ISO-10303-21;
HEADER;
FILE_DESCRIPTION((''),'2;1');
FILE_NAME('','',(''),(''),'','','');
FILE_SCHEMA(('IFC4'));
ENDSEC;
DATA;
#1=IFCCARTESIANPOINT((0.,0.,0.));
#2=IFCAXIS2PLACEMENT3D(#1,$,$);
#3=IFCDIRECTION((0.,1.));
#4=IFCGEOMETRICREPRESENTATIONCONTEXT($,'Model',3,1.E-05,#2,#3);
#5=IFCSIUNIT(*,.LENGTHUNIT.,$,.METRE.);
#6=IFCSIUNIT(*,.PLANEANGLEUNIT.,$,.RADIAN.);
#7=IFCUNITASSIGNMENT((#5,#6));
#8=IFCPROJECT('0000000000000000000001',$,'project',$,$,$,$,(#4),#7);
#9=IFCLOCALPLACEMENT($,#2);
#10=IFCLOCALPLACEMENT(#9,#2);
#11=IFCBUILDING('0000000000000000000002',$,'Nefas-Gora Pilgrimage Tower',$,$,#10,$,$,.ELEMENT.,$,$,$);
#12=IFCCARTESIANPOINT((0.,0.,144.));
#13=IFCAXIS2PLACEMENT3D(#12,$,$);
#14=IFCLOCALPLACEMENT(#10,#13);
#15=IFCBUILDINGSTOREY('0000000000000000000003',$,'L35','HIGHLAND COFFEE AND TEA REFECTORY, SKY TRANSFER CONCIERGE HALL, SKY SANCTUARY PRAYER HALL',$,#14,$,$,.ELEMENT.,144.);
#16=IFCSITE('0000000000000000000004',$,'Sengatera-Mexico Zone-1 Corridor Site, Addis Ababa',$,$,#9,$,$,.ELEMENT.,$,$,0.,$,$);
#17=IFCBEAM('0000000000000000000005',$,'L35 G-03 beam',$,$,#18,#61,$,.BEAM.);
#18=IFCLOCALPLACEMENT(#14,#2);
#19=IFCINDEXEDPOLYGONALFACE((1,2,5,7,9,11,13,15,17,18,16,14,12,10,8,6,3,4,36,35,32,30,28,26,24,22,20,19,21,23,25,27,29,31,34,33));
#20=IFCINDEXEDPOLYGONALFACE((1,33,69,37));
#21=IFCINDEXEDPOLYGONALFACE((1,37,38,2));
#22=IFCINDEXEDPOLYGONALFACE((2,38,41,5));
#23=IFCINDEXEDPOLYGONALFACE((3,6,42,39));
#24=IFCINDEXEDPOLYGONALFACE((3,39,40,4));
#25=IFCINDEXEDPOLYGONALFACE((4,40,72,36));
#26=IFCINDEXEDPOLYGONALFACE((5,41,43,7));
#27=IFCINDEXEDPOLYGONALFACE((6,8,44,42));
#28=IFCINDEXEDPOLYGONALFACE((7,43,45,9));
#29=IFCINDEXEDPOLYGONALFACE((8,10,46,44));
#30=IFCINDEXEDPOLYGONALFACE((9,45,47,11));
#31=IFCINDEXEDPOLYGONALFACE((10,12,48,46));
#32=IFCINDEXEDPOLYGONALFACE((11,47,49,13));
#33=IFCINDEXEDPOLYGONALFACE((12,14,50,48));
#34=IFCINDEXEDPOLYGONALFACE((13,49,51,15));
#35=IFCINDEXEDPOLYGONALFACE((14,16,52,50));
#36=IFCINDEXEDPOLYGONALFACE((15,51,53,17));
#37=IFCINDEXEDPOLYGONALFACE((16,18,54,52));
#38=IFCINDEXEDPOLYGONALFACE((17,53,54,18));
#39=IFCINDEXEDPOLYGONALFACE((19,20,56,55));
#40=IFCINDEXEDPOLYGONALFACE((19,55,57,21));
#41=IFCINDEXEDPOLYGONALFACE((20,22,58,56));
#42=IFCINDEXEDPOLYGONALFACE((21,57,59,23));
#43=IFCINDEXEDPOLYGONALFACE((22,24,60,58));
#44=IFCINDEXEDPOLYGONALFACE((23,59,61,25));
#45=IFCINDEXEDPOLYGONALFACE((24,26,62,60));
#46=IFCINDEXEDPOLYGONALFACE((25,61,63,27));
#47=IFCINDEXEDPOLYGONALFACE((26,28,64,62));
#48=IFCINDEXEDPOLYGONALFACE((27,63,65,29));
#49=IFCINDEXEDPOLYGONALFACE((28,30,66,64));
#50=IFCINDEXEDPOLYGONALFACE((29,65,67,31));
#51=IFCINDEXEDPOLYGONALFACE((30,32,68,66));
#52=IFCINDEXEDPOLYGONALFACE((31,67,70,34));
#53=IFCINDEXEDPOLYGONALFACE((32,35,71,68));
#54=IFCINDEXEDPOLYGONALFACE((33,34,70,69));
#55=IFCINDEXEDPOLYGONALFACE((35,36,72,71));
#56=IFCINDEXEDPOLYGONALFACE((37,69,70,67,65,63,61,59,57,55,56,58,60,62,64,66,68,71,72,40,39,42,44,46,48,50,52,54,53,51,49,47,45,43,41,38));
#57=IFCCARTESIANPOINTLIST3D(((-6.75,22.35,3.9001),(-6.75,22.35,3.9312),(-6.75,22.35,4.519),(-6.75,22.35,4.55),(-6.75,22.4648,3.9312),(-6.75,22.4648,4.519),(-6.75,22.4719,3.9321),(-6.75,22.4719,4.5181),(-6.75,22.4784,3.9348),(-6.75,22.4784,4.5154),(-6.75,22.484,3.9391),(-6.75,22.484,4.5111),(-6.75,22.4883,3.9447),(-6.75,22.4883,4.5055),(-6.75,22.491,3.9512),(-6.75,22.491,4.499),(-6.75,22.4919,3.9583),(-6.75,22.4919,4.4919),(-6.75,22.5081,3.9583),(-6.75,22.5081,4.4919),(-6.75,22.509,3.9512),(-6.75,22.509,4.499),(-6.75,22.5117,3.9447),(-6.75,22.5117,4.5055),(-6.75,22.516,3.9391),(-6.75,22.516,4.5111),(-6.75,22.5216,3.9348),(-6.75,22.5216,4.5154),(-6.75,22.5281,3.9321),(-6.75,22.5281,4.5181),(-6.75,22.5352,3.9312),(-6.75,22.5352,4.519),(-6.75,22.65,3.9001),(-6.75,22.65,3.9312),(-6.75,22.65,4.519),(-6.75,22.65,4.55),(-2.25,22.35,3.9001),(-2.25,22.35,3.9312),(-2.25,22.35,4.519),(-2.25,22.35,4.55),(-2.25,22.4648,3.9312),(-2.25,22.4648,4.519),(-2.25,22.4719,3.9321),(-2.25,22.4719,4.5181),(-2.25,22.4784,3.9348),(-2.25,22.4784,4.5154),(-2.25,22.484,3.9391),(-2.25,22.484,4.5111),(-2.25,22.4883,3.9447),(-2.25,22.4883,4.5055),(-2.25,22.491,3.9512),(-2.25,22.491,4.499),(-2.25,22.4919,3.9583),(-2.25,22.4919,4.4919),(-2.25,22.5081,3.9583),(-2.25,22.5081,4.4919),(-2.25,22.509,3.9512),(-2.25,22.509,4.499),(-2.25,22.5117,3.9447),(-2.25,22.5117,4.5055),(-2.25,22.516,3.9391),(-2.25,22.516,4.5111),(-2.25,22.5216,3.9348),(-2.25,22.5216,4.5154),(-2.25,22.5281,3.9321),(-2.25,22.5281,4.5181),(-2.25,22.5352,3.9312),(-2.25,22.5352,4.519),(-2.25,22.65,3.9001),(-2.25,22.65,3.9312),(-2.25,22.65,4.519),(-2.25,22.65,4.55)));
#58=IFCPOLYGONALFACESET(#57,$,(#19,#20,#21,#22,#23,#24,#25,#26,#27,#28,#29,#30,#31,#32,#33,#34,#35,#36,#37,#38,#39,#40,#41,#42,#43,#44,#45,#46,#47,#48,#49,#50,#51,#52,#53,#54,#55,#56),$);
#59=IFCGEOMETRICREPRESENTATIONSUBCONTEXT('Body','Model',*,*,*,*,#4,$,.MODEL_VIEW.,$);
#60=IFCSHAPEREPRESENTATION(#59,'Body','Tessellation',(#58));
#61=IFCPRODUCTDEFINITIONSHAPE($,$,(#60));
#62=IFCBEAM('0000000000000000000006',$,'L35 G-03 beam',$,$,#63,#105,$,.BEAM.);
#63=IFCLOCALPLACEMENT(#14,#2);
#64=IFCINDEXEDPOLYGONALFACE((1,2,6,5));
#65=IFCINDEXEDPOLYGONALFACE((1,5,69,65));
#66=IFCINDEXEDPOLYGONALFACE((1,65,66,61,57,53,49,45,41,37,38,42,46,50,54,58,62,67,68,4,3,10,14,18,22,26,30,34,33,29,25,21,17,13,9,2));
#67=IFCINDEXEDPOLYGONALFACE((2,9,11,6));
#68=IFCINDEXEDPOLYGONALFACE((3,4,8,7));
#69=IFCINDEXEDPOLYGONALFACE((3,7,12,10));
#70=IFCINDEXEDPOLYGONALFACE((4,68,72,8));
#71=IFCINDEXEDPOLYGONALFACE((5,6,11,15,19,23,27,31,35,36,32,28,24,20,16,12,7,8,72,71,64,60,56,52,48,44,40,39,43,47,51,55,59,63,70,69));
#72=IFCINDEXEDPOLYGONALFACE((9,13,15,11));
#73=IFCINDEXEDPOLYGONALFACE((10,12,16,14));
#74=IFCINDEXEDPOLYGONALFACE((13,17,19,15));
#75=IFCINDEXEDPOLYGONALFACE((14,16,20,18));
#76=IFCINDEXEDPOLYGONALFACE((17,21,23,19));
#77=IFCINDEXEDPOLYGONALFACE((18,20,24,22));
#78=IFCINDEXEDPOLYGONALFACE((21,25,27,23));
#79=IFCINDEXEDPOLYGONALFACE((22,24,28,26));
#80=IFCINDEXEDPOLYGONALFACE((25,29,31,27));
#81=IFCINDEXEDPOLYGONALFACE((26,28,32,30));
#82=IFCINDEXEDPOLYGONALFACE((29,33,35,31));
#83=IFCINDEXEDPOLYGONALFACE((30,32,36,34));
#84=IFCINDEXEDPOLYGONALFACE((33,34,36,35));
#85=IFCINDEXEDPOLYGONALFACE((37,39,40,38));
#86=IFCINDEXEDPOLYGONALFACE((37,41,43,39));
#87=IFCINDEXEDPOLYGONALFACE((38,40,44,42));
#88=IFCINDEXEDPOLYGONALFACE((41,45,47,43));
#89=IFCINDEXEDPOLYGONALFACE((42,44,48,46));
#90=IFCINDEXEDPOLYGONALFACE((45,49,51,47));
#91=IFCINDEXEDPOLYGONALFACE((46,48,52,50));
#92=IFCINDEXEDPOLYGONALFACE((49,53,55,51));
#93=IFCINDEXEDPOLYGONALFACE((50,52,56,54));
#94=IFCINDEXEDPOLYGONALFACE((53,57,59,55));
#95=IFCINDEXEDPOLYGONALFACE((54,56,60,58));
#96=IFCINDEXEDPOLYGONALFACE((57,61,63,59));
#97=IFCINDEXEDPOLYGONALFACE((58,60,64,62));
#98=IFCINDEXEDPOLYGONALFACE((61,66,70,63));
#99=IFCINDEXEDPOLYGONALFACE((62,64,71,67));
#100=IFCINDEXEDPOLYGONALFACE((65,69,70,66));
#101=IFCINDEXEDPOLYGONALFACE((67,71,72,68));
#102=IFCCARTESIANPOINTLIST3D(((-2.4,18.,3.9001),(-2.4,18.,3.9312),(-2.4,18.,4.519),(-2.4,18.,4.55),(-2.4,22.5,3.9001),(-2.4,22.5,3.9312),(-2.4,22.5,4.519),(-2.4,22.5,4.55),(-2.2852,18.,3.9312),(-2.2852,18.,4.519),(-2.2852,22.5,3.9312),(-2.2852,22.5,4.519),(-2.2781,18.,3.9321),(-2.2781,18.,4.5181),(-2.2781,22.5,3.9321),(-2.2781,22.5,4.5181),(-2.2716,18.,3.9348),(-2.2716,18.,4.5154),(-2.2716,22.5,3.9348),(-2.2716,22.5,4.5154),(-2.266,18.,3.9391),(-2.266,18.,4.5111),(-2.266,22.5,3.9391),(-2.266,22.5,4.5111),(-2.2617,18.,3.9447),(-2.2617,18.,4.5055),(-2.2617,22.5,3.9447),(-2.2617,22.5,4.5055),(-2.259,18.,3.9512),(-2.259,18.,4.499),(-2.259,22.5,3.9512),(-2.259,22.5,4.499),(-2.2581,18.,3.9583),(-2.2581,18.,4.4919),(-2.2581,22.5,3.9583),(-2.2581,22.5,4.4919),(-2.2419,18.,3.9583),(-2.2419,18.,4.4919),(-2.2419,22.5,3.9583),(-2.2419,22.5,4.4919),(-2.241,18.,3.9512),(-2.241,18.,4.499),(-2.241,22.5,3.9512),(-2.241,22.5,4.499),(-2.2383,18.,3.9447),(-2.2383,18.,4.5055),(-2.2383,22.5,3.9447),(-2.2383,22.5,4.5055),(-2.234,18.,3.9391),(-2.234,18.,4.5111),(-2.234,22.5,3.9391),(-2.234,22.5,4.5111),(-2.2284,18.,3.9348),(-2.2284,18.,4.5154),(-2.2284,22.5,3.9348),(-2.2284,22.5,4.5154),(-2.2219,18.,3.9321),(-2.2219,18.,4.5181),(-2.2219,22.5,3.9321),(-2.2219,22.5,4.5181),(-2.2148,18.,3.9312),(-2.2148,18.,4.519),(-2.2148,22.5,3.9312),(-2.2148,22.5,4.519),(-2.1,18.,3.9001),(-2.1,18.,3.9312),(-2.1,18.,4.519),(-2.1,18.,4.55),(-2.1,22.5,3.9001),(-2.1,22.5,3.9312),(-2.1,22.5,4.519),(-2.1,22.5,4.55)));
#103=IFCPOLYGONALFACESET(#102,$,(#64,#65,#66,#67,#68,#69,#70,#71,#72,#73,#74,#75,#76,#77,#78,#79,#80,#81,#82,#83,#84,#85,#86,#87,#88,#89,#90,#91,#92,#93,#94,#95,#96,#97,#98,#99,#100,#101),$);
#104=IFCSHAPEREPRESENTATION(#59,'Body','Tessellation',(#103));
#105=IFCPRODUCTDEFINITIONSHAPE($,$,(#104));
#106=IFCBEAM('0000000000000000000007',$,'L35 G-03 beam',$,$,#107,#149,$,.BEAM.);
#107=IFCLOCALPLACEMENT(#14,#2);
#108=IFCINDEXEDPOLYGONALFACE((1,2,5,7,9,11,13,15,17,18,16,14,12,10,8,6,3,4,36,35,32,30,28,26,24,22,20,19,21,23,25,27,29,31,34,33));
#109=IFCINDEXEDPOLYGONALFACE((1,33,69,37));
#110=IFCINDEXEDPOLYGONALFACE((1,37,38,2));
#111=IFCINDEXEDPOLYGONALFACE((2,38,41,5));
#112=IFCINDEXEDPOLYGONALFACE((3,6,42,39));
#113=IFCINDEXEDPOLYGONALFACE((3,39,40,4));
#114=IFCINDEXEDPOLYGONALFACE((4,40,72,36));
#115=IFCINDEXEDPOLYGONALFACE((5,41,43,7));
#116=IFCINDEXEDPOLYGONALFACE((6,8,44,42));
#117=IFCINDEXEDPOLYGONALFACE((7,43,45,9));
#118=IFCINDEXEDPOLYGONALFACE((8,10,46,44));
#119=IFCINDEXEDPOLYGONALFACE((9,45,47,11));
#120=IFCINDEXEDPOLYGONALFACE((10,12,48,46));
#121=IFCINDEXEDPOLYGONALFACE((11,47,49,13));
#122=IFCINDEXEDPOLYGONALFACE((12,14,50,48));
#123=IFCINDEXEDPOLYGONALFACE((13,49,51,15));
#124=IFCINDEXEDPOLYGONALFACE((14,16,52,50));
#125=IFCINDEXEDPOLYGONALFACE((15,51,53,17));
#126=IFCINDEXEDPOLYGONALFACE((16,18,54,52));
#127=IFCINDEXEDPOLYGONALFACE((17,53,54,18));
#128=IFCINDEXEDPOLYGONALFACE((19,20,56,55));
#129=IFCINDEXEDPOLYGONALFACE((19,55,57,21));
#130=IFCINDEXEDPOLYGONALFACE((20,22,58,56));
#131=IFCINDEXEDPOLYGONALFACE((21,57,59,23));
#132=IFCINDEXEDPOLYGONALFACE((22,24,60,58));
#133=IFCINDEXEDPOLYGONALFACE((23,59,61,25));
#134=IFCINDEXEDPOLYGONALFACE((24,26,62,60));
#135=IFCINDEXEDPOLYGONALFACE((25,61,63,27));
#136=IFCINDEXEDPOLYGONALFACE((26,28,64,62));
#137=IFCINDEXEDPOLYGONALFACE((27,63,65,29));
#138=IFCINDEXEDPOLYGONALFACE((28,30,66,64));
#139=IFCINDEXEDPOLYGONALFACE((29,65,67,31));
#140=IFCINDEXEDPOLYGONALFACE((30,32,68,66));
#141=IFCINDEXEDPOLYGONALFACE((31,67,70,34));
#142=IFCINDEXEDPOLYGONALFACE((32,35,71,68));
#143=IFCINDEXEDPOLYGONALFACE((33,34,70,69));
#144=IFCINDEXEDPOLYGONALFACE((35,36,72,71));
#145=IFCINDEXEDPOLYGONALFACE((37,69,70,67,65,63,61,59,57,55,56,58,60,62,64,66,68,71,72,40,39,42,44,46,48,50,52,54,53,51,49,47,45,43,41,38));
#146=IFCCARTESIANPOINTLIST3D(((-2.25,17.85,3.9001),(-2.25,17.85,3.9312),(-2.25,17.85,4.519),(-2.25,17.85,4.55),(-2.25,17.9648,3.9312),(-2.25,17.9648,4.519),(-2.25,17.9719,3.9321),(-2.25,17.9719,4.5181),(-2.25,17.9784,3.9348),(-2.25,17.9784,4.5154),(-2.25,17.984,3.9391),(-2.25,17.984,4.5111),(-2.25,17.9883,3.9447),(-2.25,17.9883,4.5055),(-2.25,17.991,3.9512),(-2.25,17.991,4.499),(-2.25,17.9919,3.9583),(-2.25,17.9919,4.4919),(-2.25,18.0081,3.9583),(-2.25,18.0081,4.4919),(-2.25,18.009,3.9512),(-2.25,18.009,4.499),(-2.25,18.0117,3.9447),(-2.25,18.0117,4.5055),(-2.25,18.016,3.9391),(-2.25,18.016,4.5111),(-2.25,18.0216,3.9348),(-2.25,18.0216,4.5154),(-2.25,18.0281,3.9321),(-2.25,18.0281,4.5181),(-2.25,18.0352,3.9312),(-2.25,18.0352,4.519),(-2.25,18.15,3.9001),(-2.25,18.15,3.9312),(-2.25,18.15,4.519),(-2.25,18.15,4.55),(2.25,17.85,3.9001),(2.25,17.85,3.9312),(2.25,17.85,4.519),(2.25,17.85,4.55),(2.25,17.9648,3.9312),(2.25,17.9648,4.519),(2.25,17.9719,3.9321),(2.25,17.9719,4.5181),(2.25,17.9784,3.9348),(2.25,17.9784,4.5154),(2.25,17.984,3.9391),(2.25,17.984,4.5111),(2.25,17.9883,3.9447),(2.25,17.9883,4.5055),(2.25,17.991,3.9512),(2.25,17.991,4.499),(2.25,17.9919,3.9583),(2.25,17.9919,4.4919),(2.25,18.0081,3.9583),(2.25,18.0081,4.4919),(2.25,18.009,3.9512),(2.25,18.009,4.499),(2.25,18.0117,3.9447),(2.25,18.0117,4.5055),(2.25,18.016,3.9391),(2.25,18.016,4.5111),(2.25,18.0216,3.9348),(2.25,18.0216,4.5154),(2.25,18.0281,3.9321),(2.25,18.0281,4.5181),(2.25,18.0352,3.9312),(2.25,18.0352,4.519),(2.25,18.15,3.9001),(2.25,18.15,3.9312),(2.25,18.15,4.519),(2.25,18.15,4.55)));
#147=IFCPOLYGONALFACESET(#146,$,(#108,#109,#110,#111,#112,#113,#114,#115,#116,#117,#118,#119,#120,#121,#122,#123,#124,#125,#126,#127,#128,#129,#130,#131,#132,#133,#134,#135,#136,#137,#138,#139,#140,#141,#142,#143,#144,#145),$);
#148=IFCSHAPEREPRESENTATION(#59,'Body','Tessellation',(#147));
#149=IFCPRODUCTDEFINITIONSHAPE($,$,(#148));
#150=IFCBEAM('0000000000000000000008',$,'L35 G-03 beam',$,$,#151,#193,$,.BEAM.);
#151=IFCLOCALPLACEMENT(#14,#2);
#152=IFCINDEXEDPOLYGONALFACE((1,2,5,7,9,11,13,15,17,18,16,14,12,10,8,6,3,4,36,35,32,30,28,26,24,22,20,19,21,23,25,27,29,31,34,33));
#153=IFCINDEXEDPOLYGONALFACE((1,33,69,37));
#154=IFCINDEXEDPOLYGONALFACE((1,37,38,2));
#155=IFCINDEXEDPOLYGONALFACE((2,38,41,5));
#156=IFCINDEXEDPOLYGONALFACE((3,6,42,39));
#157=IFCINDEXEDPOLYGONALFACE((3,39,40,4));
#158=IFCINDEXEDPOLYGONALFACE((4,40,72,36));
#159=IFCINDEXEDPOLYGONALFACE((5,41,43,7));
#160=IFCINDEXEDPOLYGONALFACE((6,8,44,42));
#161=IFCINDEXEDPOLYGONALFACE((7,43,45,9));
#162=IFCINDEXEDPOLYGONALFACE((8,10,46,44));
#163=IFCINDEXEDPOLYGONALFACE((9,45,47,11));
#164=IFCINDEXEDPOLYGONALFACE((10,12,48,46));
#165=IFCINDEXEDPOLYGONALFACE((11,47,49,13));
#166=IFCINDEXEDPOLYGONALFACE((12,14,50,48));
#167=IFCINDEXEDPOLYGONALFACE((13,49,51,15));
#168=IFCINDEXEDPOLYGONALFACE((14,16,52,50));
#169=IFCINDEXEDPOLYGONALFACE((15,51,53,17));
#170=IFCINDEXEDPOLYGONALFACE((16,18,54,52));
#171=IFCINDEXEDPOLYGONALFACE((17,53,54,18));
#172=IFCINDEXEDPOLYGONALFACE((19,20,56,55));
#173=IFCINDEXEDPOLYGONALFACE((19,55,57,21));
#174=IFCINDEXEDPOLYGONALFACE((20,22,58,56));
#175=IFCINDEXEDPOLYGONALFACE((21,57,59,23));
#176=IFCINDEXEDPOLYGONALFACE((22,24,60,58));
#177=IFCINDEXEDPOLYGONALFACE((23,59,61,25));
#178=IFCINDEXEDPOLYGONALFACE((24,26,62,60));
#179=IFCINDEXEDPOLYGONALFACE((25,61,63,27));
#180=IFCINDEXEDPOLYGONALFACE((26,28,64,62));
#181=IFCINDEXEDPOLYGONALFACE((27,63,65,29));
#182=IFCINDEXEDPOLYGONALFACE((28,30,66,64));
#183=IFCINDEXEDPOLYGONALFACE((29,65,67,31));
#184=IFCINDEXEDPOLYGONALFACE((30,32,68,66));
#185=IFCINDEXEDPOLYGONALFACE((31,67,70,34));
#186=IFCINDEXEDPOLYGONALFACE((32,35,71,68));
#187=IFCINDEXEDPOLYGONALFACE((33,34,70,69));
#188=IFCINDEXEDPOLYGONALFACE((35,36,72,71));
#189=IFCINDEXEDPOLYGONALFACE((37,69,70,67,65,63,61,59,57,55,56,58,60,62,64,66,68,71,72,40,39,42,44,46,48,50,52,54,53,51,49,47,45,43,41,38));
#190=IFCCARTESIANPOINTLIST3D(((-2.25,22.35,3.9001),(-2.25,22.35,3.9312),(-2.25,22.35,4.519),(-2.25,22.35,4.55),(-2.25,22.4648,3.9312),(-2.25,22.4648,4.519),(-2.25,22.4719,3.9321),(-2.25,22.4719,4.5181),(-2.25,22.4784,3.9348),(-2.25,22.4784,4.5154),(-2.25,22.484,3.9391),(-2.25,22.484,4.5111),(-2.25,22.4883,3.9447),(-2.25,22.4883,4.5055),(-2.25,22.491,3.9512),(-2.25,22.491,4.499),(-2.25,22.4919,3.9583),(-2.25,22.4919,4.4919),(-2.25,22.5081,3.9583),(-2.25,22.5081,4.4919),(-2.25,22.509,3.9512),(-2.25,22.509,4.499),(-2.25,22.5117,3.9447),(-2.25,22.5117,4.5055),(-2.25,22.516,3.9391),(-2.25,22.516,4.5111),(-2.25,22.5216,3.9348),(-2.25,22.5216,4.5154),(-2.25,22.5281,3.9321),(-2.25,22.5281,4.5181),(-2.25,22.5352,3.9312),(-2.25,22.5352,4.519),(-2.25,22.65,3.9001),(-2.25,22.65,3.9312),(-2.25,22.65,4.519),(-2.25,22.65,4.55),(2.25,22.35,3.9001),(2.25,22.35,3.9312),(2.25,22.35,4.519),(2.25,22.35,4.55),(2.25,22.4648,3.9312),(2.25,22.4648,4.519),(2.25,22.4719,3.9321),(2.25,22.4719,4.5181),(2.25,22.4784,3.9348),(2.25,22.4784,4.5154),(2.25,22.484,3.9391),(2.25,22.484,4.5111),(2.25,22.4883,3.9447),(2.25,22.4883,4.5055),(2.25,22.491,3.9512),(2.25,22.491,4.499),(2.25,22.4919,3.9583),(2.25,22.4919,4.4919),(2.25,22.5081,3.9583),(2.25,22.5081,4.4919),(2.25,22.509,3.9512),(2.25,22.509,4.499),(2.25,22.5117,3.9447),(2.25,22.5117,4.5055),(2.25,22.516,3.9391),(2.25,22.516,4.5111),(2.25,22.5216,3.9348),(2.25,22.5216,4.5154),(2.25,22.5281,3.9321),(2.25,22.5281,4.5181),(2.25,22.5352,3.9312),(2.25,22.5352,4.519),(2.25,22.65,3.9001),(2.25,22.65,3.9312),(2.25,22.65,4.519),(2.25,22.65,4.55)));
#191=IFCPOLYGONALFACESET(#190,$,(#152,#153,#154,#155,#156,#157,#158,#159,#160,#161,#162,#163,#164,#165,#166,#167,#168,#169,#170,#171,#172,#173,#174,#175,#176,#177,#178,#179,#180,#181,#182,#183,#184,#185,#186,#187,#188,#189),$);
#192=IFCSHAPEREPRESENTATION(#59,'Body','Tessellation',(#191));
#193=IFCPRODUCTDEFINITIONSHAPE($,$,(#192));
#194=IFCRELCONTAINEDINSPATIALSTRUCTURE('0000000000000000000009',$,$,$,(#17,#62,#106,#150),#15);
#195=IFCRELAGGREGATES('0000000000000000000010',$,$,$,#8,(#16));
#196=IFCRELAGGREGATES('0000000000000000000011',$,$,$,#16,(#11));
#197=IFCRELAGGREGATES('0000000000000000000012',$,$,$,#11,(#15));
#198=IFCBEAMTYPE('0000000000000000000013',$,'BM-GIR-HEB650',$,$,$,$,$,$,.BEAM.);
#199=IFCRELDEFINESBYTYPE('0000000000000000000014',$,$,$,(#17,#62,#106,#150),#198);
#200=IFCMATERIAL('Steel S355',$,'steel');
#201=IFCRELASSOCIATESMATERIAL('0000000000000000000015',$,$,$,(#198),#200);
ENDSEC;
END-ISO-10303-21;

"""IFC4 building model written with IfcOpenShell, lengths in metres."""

from ifc_helpers import new_model, si_unit, direction, frame, origin, origin_2d, place, context, subcontext, project, spatial, i_section, extrude, source, transform, mapped, material, material_profile, profile_set, type_object, element, save


model = new_model("IFC4")

# Units and contexts
model_context = context("Model", 3, precision=1e-05, world=origin(), true_north=direction((0.0, 1.0)))
body_context = subcontext(model_context, "Body", "Model", "MODEL_VIEW")
ifc_project = project(units=[si_unit("LENGTHUNIT", "METRE"), si_unit("PLANEANGLEUNIT", "RADIAN")], contexts=[model_context])

# Site, building, storey
site_placement = place(None, origin())
site = spatial("IfcSite", under=ifc_project, at=site_placement, Name="Sengatera-Mexico Zone-1 Corridor Site, Addis Ababa", CompositionType="ELEMENT", RefElevation=0.0)
building_placement = place(site_placement, origin())
building = spatial("IfcBuilding", under=site, at=building_placement, Name="Nefas-Gora Pilgrimage Tower", CompositionType="ELEMENT")
storey_placement = place(building_placement, frame((0.0, 0.0, 144.0)))
storey = spatial("IfcBuildingStorey", under=building, at=storey_placement, Name="L35", Description="HIGHLAND COFFEE AND TEA REFECTORY, SKY TRANSFER CONCIERGE HALL, SKY SANCTUARY PRAYER HALL", CompositionType="ELEMENT", Elevation=144.0)

# Beams
ifc_material_1 = material(Name="Steel S355", Category="steel")
ifc_material_profile_1 = material_profile(ifc_material_1, i_section(OverallWidth=0.3, OverallDepth=0.6499, WebThickness=0.0161, FlangeThickness=0.031, FilletRadius=0.0271, at=origin_2d()), Name="HEB 650")
ifc_profile_set_1 = profile_set([ifc_material_profile_1], Name="Steel S355")
beam_type_1 = type_object("IfcBeamType", Name="BM-GIR-HEB650", PredefinedType="BEAM", material=ifc_profile_set_1)
shared_shape_1 = source(origin(), body_context, "Body", "SweptSolid", [
    extrude(i_section(OverallWidth=0.3, OverallDepth=0.6499, WebThickness=0.0161, FlangeThickness=0.031, FilletRadius=0.0271, at=origin_2d()), origin(), (0.0, 0.0, 1.0), 4.5),
])
for number, where, z_axis, x_axis, name in (
    (1, (-6.75, 22.5, 4.2251), (1.0, 0.0, 0.0), (0.0, 1.0, 0.0), "L35 G-03 beam"),
    (2, (-2.25, 18.0, 4.2251), (0.0, 1.0, 0.0), (-1.0, 0.0, 0.0), "L35 G-03 beam"),
    (3, (-2.25, 18.0, 4.2251), (1.0, 0.0, 0.0), (0.0, 1.0, 0.0), "L35 G-03 beam"),
    (4, (-2.25, 22.5, 4.2251), (1.0, 0.0, 0.0), (0.0, 1.0, 0.0), "L35 G-03 beam"),
):
    element("IfcBeam", number, at=place(storey_placement, frame(where, z_axis=z_axis, x_axis=x_axis)), inside=storey, type_object=beam_type_1, Name=name, PredefinedType="BEAM", context=body_context, shape_type="MappedRepresentation", body=[
        mapped(shared_shape_1, transform((0.0, 0.0, 0.0), x_axis=(1.0, 0.0, 0.0), y_axis=(0.0, 1.0, 0.0), z_axis=(0.0, 0.0, 1.0), scale=1.0)),
    ])

save(model, "model.ifc")
